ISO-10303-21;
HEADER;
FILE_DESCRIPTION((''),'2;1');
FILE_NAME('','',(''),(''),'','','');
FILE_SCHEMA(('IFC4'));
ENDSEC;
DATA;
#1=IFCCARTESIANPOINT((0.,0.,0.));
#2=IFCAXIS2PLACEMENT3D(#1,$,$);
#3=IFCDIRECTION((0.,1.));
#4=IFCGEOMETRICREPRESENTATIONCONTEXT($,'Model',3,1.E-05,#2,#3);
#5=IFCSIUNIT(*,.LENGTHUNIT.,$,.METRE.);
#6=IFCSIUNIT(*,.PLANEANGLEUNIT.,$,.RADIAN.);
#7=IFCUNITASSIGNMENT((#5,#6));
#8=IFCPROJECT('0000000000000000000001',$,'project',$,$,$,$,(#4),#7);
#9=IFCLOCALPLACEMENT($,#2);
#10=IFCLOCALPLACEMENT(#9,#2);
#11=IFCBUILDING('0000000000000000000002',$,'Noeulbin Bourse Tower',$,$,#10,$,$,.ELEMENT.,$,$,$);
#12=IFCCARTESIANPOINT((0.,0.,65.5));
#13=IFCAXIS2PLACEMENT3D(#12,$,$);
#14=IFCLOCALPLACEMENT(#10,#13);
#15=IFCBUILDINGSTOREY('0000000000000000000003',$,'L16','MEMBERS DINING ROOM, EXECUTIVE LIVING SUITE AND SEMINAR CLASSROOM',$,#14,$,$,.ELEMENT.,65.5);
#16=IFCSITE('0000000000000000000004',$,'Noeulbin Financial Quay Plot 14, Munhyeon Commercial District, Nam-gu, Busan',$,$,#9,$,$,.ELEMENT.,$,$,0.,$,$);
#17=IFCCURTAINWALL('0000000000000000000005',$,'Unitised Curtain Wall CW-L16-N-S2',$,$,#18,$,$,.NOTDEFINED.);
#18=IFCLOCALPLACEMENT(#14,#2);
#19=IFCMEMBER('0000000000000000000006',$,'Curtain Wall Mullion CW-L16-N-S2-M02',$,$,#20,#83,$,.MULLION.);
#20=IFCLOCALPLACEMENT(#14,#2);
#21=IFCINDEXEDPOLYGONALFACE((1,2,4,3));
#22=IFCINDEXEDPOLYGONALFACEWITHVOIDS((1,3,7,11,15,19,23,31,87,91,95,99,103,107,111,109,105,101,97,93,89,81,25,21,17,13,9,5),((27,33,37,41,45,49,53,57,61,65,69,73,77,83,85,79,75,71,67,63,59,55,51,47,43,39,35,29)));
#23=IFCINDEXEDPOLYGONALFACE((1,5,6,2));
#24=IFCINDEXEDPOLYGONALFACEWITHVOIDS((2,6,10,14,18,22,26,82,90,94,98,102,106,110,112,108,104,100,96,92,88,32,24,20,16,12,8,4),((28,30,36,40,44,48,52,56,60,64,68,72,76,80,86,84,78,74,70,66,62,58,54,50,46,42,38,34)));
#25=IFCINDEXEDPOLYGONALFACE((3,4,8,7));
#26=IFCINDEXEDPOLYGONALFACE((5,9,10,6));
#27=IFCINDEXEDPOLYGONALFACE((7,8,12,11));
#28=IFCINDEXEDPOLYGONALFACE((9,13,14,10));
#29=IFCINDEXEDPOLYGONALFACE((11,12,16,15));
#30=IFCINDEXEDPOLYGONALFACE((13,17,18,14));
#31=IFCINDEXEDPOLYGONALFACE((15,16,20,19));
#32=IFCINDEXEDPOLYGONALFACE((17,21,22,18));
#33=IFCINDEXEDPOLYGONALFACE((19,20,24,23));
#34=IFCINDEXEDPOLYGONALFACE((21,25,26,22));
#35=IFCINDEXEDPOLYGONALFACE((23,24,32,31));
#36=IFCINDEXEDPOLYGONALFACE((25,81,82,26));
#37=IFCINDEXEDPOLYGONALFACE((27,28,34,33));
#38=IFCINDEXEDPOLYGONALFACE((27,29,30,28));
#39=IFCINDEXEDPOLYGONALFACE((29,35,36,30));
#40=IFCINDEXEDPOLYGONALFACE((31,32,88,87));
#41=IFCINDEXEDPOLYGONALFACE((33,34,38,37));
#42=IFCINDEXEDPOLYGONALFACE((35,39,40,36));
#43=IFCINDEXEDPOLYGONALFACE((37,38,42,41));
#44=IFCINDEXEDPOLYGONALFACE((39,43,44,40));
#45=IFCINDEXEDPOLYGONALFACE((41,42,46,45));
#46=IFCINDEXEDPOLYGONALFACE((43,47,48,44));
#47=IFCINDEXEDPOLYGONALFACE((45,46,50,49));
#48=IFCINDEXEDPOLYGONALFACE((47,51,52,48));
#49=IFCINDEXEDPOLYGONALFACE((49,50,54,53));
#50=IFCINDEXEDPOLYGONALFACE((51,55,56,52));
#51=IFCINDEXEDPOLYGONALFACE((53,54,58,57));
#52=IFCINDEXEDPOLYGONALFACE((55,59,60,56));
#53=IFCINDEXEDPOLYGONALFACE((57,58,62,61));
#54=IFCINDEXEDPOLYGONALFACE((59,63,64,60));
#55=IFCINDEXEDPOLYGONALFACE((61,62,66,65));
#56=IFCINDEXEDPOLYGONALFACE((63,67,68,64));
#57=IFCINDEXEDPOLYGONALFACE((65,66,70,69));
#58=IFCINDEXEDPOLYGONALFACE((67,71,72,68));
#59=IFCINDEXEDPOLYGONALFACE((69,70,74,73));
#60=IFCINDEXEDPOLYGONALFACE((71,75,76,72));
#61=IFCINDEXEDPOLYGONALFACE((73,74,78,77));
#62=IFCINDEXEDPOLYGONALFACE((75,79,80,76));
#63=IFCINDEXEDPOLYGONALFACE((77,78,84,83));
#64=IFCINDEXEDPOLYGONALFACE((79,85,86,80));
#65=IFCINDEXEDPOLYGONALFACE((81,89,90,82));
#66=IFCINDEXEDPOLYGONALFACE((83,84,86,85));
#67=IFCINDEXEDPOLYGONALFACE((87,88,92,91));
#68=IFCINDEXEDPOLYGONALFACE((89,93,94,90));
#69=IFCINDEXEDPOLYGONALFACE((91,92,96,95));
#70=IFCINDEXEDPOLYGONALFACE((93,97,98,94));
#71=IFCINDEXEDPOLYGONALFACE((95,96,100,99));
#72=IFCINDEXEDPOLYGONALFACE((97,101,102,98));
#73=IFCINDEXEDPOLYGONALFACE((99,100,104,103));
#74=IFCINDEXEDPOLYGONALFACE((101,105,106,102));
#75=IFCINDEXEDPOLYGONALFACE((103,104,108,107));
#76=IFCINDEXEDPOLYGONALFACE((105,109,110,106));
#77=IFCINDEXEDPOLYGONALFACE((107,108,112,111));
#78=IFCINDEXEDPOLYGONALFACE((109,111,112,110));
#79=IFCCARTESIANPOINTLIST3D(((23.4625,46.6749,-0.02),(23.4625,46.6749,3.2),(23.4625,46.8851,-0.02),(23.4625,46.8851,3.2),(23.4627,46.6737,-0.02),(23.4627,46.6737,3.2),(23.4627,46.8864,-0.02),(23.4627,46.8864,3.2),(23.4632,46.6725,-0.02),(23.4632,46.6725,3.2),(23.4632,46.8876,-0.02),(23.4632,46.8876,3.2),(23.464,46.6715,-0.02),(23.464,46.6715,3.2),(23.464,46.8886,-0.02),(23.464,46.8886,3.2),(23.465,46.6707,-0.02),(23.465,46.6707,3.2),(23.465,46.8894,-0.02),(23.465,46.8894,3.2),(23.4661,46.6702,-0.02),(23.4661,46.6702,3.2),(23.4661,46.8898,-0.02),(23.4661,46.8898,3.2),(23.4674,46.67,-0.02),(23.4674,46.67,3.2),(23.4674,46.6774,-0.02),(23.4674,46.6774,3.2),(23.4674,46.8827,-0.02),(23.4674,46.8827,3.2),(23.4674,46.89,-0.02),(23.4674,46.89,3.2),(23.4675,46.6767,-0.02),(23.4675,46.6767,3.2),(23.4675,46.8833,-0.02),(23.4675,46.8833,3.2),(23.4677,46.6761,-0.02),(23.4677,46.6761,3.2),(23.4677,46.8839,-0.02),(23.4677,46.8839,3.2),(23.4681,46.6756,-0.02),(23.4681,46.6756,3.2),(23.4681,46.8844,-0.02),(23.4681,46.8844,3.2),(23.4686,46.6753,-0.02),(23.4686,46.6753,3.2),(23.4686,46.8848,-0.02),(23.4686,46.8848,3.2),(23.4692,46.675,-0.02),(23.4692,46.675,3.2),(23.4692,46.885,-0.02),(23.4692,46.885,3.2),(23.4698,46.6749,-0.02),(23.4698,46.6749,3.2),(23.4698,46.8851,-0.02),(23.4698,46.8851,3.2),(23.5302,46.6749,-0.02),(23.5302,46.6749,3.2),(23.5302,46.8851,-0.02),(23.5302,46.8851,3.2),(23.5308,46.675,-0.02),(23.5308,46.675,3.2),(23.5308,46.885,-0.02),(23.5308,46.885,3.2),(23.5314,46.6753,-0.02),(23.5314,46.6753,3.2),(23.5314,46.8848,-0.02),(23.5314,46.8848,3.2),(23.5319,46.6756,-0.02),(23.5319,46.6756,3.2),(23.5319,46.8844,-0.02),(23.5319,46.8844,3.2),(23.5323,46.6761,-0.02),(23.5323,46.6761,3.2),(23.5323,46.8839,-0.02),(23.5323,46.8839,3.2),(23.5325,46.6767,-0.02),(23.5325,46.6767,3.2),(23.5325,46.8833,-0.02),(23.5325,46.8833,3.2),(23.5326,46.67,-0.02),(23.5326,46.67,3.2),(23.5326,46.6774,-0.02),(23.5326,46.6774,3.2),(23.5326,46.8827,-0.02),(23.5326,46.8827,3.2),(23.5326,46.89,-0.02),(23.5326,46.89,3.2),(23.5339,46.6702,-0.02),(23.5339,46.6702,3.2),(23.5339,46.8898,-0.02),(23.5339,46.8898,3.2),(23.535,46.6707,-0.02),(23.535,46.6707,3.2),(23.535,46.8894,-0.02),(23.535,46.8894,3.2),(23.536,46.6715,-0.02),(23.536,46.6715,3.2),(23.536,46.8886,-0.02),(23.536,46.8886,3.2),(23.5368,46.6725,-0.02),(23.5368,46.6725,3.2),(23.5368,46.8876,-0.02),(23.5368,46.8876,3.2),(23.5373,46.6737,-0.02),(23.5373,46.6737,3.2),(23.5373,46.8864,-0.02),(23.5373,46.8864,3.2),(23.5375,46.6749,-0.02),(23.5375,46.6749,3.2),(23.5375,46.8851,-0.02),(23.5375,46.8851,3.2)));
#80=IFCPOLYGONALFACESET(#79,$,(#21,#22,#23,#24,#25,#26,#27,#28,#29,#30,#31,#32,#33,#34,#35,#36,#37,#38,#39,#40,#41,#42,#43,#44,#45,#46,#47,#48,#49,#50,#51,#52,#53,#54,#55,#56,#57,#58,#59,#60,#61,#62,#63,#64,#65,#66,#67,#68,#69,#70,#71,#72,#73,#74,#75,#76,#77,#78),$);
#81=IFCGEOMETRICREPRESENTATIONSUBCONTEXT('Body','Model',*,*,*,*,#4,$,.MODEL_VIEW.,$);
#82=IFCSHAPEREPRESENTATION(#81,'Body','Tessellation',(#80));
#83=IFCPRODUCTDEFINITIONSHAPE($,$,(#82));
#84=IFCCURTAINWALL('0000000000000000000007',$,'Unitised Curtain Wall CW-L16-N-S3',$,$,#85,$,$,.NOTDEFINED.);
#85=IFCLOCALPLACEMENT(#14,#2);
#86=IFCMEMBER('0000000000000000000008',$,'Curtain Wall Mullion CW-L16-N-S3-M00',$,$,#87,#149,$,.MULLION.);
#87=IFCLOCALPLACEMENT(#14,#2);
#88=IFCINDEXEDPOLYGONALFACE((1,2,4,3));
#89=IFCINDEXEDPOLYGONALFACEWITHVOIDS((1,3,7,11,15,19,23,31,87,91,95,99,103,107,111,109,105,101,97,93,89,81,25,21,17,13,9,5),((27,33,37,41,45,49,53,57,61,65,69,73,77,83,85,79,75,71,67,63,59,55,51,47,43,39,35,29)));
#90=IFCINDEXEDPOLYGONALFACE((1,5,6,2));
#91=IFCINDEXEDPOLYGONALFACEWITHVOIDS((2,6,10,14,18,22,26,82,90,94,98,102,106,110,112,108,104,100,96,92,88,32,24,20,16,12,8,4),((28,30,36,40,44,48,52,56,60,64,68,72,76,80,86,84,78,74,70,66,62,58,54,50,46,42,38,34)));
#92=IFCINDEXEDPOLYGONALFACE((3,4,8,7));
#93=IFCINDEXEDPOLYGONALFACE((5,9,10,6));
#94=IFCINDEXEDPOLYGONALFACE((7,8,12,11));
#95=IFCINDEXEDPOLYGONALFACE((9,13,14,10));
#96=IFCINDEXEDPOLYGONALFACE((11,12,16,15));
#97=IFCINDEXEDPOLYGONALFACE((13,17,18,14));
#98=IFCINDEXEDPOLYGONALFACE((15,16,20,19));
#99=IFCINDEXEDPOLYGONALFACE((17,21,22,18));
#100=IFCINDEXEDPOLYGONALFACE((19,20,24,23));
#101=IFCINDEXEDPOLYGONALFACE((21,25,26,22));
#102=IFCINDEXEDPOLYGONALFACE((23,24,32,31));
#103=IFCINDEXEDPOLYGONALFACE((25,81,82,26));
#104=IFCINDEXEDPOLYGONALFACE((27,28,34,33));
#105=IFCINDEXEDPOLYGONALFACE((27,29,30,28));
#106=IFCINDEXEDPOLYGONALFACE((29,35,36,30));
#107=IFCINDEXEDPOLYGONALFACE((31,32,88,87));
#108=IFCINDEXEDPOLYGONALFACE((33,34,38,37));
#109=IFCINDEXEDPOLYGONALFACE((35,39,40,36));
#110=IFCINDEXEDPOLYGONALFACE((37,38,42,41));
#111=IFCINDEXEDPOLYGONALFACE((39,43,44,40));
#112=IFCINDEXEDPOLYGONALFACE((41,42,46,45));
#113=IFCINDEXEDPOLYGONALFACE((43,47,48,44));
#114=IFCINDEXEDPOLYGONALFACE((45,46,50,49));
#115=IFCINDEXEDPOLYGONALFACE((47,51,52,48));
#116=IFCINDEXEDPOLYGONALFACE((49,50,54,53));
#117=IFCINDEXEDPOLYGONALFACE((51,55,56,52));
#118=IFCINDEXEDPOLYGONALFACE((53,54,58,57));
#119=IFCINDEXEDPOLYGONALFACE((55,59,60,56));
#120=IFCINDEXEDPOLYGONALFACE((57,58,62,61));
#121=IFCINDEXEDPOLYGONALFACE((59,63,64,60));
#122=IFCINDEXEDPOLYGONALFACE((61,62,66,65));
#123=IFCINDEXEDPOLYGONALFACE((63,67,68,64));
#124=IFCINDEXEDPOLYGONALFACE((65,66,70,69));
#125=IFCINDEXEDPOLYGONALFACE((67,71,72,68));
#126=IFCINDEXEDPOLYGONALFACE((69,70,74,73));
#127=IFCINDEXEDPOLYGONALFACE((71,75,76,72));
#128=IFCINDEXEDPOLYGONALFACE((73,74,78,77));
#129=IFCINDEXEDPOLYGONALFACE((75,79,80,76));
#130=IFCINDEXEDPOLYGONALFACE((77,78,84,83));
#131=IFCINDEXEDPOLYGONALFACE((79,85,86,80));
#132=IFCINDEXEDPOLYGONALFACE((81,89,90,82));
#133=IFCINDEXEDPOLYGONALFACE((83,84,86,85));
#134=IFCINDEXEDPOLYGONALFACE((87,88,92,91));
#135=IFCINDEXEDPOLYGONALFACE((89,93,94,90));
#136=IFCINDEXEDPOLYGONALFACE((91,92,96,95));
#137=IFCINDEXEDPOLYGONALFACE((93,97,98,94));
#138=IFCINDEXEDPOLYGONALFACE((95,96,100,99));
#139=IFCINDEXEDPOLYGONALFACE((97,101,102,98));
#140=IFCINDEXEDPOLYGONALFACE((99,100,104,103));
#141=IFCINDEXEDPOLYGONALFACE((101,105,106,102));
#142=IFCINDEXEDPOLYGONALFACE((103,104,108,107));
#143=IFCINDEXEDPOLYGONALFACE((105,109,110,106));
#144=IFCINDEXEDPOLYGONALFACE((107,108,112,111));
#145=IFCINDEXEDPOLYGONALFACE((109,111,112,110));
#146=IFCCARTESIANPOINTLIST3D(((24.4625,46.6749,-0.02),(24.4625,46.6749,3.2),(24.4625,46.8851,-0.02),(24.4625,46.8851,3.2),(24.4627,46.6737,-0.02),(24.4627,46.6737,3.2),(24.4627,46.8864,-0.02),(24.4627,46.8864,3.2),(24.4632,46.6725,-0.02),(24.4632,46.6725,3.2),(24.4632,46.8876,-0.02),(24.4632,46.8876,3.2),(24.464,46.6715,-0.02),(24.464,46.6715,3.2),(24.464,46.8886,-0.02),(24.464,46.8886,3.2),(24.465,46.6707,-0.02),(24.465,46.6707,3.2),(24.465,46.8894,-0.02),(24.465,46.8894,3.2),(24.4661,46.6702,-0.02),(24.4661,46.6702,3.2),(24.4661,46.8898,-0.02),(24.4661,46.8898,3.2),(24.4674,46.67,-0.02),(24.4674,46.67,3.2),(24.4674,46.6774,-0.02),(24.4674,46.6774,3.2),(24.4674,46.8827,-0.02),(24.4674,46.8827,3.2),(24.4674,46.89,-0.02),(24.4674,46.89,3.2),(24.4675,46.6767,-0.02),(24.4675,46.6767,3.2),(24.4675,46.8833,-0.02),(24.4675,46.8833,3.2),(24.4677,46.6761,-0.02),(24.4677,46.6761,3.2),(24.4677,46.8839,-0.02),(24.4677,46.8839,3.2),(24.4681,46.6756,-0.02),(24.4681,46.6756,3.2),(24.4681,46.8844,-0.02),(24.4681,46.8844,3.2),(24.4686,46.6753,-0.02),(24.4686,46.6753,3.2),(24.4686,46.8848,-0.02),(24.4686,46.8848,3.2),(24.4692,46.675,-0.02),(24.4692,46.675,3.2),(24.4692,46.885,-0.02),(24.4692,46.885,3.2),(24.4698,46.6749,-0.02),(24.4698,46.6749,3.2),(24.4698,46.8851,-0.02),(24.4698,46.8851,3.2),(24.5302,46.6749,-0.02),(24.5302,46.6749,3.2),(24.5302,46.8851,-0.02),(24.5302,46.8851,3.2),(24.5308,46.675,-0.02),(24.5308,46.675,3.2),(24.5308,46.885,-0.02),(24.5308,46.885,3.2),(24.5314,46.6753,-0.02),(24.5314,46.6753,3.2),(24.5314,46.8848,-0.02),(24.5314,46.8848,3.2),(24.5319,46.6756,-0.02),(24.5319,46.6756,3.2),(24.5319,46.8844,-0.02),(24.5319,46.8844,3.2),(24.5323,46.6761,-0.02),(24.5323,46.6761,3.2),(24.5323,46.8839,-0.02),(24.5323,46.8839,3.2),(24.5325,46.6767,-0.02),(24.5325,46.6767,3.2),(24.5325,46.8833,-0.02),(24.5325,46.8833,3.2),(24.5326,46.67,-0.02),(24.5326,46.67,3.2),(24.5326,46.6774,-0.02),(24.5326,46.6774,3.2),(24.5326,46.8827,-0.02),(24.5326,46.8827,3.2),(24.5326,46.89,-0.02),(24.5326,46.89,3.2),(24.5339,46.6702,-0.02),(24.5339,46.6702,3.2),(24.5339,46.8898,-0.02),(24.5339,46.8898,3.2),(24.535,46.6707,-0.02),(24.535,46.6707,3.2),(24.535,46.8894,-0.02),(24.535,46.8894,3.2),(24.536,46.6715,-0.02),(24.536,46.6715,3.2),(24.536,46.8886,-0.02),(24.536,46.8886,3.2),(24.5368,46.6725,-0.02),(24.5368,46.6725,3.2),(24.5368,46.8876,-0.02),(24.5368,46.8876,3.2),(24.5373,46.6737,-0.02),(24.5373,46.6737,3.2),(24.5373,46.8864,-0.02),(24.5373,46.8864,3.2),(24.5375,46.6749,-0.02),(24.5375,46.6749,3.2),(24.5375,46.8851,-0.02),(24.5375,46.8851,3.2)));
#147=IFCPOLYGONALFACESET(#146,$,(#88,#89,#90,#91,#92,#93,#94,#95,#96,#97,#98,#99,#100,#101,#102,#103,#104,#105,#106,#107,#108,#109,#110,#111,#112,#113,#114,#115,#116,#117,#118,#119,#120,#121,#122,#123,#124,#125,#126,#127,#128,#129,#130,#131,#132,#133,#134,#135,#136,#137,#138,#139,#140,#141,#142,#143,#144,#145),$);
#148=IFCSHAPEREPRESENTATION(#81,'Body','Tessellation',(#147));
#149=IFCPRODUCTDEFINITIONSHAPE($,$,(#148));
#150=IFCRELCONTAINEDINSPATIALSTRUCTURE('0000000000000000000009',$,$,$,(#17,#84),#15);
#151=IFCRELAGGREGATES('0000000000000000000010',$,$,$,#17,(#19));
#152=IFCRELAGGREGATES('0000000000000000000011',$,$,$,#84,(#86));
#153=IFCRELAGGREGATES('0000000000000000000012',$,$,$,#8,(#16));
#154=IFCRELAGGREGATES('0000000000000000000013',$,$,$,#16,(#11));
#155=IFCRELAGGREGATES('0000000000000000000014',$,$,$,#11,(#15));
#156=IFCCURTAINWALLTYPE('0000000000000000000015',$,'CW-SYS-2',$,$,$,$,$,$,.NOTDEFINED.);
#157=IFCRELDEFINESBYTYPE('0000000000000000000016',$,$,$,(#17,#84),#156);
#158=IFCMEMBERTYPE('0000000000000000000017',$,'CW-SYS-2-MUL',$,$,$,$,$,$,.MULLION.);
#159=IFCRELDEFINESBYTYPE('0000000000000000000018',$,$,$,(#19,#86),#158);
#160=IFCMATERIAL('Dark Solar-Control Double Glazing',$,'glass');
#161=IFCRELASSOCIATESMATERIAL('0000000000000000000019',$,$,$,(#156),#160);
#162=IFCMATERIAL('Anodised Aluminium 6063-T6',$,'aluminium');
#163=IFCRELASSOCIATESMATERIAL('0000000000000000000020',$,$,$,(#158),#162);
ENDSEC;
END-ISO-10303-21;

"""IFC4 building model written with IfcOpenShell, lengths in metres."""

from ifc_helpers import new_model, si_unit, direction, frame, origin, origin_2d, place, context, subcontext, project, spatial, hollow_rectangle, extrude, material, material_profile, profile_set, type_object, element, aggregate, save


model = new_model("IFC4")

# Units and contexts
model_context = context("Model", 3, precision=1e-05, world=origin(), true_north=direction((0.0, 1.0)))
body_context = subcontext(model_context, "Body", "Model", "MODEL_VIEW")
ifc_project = project(units=[si_unit("LENGTHUNIT", "METRE"), si_unit("PLANEANGLEUNIT", "RADIAN")], contexts=[model_context])

# Site, building, storey
site_placement = place(None, origin())
site = spatial("IfcSite", under=ifc_project, at=site_placement, Name="Noeulbin Financial Quay Plot 14, Munhyeon Commercial District, Nam-gu, Busan", CompositionType="ELEMENT", RefElevation=0.0)
building_placement = place(site_placement, origin())
building = spatial("IfcBuilding", under=site, at=building_placement, Name="Noeulbin Bourse Tower", CompositionType="ELEMENT")
storey_placement = place(building_placement, frame((0.0, 0.0, 65.5)))
storey = spatial("IfcBuildingStorey", under=building, at=storey_placement, Name="L16", Description="MEMBERS DINING ROOM, EXECUTIVE LIVING SUITE AND SEMINAR CLASSROOM", CompositionType="ELEMENT", Elevation=65.5)

# Curtain walls, members
ifc_material_1 = material(Name="Dark Solar-Control Double Glazing", Category="glass")
curtain_wall_type = type_object("IfcCurtainWallType", Name="CW-SYS-2", PredefinedType="NOTDEFINED", material=ifc_material_1)
curtain_wall_1_placement = place(storey_placement, origin())
curtain_wall_1 = element("IfcCurtainWall", 1, at=curtain_wall_1_placement, inside=storey, type_object=curtain_wall_type, Name="Unitised Curtain Wall CW-L16-N-S2", PredefinedType="NOTDEFINED")
ifc_material_2 = material(Name="Anodised Aluminium 6063-T6", Category="aluminium")
ifc_material_profile_1 = material_profile(ifc_material_2, hollow_rectangle(XDim=0.075, YDim=0.22, WallThickness=0.0049, InnerFilletRadius=0.0024, OuterFilletRadius=0.0049, at=origin_2d()), Name="ALU-MULL-75x220x5", Category="LoadBearing")
ifc_profile_set_1 = profile_set([ifc_material_profile_1], Name="Anodised Aluminium 6063-T6")
member_type_1 = type_object("IfcMemberType", Name="CW-SYS-2-MUL", PredefinedType="MULLION", material=ifc_profile_set_1)
member_1_placement = place(storey_placement, frame((23.5, 46.78, -0.02), z_axis=(0.0, 0.0, 1.0), x_axis=(1.0, 0.0, 0.0)))
member_1 = element("IfcMember", 2, at=member_1_placement, type_object=member_type_1, Name="Curtain Wall Mullion CW-L16-N-S2-M02", PredefinedType="MULLION", context=body_context, shape_type="SweptSolid", body=[
    extrude(hollow_rectangle(XDim=0.075, YDim=0.22, WallThickness=0.0049, InnerFilletRadius=0.0024, OuterFilletRadius=0.0049, at=origin_2d()), origin(), (0.0, 0.0, 1.0), 3.22),
])
curtain_wall_2_placement = place(storey_placement, origin())
curtain_wall_2 = element("IfcCurtainWall", 3, at=curtain_wall_2_placement, inside=storey, type_object=curtain_wall_type, Name="Unitised Curtain Wall CW-L16-N-S3", PredefinedType="NOTDEFINED")
member_2_placement = place(storey_placement, frame((24.5, 46.78, -0.02), z_axis=(0.0, 0.0, 1.0), x_axis=(1.0, 0.0, 0.0)))
member_2 = element("IfcMember", 4, at=member_2_placement, type_object=member_type_1, Name="Curtain Wall Mullion CW-L16-N-S3-M00", PredefinedType="MULLION", context=body_context, shape_type="SweptSolid", body=[
    extrude(hollow_rectangle(XDim=0.075, YDim=0.22, WallThickness=0.0049, InnerFilletRadius=0.0024, OuterFilletRadius=0.0049, at=origin_2d()), origin(), (0.0, 0.0, 1.0), 3.22),
])

aggregate(curtain_wall_1, [member_1])
aggregate(curtain_wall_2, [member_2])

save(model, "model.ifc")
